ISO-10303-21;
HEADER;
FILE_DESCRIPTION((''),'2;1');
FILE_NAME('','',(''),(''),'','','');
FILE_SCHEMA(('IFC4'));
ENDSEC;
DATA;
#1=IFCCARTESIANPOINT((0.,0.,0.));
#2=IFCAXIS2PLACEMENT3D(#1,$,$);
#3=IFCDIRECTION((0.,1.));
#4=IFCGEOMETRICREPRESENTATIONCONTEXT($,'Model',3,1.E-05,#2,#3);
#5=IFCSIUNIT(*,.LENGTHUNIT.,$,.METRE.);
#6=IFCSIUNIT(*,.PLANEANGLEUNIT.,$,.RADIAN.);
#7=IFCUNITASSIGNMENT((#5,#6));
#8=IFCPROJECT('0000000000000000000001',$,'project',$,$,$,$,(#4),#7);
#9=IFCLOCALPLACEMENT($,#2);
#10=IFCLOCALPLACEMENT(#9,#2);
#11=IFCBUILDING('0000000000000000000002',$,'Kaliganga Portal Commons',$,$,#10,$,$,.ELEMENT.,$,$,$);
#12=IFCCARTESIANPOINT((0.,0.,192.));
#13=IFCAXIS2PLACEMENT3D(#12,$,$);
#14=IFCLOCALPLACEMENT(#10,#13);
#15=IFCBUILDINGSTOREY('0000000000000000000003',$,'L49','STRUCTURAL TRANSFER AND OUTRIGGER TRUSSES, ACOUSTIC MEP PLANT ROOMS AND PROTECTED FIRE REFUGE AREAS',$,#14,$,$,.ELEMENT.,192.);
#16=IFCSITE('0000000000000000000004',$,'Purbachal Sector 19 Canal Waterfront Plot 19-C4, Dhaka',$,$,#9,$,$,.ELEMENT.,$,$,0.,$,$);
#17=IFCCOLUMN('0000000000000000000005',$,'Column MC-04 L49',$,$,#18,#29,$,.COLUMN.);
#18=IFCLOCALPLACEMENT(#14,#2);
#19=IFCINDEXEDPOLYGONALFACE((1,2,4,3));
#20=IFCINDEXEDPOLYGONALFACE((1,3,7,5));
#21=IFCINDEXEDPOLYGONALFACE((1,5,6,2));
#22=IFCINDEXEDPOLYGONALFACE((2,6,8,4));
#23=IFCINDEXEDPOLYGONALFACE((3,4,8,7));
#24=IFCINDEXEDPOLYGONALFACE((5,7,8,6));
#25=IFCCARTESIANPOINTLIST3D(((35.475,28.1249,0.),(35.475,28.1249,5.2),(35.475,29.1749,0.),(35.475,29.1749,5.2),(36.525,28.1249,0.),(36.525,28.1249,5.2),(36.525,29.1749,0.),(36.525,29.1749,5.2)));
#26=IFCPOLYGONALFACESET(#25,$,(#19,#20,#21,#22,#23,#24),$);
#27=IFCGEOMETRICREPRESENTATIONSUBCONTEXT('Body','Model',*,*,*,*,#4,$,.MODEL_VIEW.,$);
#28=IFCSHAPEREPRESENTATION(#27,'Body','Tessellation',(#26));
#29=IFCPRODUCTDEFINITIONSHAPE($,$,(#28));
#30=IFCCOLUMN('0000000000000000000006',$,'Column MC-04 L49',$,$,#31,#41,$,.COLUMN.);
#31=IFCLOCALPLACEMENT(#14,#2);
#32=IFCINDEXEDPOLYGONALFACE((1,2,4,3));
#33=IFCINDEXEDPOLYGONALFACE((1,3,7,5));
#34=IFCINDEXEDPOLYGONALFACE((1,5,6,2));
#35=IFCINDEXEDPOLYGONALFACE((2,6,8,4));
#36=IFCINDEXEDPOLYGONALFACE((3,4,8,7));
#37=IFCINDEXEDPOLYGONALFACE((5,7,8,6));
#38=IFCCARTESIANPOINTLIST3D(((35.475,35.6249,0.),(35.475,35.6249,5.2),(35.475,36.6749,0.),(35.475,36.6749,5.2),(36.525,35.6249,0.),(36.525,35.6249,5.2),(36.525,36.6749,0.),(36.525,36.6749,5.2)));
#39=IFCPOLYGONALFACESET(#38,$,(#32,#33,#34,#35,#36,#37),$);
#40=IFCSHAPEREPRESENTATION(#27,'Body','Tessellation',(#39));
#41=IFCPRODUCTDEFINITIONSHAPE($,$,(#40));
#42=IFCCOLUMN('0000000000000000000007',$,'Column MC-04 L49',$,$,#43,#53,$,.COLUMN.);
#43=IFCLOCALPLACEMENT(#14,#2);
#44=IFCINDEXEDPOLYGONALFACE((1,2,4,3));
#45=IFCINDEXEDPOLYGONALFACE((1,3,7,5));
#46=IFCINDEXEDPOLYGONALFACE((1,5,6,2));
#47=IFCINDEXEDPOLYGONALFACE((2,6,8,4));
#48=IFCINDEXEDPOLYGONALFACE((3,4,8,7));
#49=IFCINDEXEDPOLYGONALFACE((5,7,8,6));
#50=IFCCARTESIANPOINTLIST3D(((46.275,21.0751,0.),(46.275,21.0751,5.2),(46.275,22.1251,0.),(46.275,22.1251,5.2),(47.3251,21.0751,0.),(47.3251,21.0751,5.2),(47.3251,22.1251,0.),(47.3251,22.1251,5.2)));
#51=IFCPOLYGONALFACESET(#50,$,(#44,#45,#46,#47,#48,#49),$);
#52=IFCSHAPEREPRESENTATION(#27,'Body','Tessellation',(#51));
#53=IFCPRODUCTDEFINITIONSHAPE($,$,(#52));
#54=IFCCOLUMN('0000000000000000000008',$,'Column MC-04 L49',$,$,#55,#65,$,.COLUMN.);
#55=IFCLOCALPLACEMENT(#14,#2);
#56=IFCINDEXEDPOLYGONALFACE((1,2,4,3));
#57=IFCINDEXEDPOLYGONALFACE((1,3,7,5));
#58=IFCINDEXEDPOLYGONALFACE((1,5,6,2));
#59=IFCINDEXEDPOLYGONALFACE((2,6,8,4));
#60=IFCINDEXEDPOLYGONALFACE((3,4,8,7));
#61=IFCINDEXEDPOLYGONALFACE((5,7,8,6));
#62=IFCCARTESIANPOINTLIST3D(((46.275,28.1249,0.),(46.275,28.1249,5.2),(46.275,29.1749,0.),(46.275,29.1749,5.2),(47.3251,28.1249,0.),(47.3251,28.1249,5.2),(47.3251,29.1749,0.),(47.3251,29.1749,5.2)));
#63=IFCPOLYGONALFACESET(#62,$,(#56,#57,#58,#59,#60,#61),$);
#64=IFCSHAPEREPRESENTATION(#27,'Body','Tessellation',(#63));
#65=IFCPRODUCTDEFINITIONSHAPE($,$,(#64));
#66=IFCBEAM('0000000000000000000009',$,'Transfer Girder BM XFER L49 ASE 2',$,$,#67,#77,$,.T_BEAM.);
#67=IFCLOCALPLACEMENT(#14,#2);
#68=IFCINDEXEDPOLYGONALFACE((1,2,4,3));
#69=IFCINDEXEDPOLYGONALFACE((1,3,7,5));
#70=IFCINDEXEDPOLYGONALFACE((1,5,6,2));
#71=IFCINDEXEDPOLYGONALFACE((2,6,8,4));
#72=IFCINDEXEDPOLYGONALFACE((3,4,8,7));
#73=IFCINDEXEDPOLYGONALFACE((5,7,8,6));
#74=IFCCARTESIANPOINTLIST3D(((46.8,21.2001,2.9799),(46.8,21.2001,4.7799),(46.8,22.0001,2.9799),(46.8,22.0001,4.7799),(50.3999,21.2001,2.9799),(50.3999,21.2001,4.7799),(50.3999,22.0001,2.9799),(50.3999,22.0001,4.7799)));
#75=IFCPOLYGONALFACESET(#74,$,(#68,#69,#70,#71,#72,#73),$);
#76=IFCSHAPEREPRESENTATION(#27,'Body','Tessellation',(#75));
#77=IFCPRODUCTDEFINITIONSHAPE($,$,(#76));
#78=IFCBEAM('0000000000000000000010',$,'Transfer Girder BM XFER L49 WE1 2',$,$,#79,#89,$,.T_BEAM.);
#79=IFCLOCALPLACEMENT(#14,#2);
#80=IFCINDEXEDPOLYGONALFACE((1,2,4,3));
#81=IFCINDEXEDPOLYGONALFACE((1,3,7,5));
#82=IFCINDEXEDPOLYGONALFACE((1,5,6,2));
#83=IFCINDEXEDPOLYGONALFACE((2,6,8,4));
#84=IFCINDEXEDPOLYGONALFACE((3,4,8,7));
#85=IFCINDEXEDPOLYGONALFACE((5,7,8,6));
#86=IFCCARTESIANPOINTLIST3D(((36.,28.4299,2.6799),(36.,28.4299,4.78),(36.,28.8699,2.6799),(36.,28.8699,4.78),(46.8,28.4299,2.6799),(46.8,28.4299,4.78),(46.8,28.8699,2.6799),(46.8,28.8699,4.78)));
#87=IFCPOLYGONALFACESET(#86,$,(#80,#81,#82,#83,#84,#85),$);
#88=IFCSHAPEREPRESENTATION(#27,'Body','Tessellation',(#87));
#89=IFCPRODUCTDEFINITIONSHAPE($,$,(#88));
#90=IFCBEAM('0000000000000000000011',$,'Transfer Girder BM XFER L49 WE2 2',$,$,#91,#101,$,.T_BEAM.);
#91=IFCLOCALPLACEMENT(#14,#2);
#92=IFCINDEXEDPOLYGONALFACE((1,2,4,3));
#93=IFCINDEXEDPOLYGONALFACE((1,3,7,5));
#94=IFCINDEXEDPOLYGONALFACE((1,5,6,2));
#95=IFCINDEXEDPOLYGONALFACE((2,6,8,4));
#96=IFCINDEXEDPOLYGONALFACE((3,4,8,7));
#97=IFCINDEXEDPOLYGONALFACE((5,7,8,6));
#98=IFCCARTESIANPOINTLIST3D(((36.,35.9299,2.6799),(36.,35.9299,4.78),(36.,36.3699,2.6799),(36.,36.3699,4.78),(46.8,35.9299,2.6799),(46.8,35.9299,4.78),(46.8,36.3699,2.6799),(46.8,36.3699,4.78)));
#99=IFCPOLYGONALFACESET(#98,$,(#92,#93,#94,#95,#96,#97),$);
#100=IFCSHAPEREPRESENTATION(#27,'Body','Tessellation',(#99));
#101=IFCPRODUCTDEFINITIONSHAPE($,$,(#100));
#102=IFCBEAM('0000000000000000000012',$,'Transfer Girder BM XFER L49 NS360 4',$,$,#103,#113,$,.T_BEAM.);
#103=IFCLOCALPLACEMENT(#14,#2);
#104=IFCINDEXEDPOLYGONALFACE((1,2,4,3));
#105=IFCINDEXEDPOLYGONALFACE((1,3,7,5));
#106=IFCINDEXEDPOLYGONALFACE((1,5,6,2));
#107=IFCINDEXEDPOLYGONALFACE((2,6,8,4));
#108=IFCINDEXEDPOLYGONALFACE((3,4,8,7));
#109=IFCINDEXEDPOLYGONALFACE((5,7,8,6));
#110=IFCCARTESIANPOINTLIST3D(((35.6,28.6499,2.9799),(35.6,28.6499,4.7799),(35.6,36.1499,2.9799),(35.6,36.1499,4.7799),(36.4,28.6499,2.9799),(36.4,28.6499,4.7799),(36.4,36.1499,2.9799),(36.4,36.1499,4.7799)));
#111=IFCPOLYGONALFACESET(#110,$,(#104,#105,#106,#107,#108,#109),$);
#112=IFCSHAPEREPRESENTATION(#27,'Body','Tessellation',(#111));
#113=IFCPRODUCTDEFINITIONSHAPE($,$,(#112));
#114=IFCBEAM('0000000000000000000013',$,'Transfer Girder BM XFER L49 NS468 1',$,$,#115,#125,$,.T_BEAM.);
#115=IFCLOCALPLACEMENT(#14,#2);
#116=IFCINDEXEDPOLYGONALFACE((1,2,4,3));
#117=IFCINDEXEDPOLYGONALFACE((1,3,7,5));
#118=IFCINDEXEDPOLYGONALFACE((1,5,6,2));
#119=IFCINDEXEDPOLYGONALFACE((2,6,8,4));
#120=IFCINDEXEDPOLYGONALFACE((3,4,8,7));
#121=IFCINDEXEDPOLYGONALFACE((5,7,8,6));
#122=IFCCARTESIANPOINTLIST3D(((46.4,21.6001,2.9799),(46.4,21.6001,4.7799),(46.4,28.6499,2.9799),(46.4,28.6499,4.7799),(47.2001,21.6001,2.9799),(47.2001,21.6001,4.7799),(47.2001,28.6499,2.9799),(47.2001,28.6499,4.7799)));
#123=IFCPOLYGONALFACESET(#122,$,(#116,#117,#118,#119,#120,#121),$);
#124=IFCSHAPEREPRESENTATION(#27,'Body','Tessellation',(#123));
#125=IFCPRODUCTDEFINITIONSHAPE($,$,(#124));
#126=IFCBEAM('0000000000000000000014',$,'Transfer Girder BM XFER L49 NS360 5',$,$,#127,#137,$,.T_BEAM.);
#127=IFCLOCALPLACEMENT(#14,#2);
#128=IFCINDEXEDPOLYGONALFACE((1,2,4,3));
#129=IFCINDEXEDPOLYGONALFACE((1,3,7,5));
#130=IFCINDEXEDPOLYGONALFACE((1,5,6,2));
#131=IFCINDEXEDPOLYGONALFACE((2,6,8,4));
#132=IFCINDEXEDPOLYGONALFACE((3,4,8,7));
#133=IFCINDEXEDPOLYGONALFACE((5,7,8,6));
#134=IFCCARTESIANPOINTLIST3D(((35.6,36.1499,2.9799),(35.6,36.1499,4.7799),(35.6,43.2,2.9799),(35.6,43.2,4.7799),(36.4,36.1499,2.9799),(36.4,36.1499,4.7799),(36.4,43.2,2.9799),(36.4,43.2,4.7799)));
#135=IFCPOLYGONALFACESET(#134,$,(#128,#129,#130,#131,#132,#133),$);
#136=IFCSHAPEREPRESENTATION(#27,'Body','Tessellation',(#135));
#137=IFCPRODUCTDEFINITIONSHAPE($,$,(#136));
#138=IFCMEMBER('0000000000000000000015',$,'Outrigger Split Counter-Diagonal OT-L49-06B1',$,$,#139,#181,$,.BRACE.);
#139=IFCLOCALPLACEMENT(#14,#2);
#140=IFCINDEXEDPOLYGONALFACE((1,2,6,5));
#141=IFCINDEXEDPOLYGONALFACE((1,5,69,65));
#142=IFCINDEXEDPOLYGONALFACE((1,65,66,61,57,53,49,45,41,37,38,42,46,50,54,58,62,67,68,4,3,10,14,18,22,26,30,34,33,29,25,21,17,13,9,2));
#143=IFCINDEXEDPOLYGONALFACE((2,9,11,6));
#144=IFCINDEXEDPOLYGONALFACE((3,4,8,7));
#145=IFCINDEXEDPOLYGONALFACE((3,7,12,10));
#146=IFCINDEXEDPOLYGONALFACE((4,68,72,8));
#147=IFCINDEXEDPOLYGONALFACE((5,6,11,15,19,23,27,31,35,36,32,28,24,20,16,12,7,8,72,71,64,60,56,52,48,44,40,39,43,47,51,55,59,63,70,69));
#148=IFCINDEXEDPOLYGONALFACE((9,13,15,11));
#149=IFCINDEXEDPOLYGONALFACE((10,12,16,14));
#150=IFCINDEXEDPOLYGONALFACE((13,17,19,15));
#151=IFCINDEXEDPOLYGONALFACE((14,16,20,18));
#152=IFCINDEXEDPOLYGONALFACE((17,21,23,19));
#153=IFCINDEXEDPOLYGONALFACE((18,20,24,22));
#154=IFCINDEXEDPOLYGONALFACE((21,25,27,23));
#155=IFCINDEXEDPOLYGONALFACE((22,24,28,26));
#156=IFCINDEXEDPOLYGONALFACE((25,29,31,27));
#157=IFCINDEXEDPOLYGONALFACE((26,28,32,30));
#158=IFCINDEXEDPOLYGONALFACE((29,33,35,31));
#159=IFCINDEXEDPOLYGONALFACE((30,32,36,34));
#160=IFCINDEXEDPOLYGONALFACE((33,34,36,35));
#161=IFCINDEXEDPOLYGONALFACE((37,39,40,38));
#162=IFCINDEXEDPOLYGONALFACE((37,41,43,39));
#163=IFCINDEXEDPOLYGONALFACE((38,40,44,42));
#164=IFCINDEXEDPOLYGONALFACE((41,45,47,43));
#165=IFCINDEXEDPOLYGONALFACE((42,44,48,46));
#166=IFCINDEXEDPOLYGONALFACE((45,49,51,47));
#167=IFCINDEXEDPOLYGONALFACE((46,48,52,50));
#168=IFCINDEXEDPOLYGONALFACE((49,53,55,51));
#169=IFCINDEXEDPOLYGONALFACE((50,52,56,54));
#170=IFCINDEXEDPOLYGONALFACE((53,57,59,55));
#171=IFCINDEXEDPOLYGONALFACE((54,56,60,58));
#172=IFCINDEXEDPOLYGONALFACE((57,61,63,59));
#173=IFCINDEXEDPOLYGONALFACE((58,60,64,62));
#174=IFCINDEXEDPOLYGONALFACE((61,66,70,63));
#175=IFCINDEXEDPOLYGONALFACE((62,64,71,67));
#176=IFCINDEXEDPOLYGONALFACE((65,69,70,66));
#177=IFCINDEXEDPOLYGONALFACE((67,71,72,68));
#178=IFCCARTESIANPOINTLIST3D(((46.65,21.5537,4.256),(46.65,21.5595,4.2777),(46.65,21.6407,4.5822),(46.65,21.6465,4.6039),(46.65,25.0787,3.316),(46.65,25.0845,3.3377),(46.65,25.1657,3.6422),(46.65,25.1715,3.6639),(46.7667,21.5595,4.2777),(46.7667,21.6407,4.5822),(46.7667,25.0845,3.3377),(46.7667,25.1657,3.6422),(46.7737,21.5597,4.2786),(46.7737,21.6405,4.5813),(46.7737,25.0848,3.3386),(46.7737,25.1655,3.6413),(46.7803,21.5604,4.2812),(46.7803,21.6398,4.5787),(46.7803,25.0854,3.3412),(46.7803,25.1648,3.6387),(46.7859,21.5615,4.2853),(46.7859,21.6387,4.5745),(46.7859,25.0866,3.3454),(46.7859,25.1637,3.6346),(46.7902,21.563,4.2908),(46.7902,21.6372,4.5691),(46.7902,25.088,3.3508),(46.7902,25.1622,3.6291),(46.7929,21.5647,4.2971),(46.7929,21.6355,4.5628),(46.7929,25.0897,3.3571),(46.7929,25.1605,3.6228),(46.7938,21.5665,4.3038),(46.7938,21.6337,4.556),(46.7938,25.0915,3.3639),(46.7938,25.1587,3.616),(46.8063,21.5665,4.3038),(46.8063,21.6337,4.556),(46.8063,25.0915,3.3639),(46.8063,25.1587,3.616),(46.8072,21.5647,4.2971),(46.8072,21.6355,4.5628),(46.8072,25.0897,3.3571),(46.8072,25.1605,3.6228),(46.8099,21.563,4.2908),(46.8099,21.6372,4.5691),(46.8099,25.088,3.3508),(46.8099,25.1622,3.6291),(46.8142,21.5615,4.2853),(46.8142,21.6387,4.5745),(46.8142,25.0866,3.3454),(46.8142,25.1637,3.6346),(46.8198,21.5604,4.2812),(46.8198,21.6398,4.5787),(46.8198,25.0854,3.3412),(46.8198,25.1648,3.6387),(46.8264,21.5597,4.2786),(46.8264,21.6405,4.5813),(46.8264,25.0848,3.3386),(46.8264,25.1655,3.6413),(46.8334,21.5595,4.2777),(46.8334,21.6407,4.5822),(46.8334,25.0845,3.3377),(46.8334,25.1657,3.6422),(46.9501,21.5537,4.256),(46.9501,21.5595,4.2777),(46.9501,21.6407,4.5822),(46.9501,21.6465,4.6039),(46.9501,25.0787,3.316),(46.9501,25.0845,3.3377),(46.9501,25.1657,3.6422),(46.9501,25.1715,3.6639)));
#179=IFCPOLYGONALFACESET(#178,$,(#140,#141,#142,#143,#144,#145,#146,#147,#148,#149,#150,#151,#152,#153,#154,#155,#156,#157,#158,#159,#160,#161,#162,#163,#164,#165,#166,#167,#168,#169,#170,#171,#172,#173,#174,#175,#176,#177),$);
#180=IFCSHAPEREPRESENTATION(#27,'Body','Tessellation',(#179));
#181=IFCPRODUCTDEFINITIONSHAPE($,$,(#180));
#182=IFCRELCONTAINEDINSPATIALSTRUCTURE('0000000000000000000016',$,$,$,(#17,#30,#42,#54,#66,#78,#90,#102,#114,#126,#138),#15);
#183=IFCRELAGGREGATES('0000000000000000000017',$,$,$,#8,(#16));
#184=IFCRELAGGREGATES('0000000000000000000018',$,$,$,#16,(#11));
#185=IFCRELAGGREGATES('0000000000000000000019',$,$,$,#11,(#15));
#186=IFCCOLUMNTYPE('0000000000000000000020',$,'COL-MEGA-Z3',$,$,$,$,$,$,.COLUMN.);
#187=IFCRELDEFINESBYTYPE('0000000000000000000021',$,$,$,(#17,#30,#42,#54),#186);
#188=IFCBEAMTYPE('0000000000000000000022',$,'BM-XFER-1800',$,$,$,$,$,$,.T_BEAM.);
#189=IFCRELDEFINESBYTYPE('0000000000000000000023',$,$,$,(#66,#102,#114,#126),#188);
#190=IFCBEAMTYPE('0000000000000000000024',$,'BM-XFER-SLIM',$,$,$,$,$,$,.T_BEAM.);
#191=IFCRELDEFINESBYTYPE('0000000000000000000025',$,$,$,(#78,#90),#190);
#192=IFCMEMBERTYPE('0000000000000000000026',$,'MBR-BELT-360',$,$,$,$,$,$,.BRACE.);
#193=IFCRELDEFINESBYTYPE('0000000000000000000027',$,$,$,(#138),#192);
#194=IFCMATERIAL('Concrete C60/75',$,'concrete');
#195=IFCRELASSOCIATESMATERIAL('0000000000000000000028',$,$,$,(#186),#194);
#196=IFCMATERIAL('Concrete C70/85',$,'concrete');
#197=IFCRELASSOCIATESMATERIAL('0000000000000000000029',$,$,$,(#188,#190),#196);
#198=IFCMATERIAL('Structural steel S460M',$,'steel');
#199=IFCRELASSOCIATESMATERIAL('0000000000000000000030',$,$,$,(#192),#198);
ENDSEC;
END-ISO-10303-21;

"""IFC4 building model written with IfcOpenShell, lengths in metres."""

from ifc_helpers import new_model, si_unit, direction, frame, origin, origin_2d, place, context, subcontext, project, spatial, rectangle, i_section, extrude, source, transform, mapped, material, material_profile, profile_set, type_object, element, save


model = new_model("IFC4")

# Units and contexts
model_context = context("Model", 3, precision=1e-05, world=origin(), true_north=direction((0.0, 1.0)))
body_context = subcontext(model_context, "Body", "Model", "MODEL_VIEW")
ifc_project = project(units=[si_unit("LENGTHUNIT", "METRE"), si_unit("PLANEANGLEUNIT", "RADIAN")], contexts=[model_context])

# Site, building, storey
site_placement = place(None, origin())
site = spatial("IfcSite", under=ifc_project, at=site_placement, Name="Purbachal Sector 19 Canal Waterfront Plot 19-C4, Dhaka", CompositionType="ELEMENT", RefElevation=0.0)
building_placement = place(site_placement, origin())
building = spatial("IfcBuilding", under=site, at=building_placement, Name="Kaliganga Portal Commons", CompositionType="ELEMENT")
storey_placement = place(building_placement, frame((0.0, 0.0, 192.0)))
storey = spatial("IfcBuildingStorey", under=building, at=storey_placement, Name="L49", Description="STRUCTURAL TRANSFER AND OUTRIGGER TRUSSES, ACOUSTIC MEP PLANT ROOMS AND PROTECTED FIRE REFUGE AREAS", CompositionType="ELEMENT", Elevation=192.0)

# Columns
ifc_material_1 = material(Name="Concrete C60/75", Category="concrete")
ifc_material_profile_1 = material_profile(ifc_material_1, rectangle(XDim=1.05, YDim=1.05, at=origin_2d()), Name="RC 1050x1050")
ifc_profile_set_1 = profile_set([ifc_material_profile_1], Name="Concrete C60/75")
column_type = type_object("IfcColumnType", Name="COL-MEGA-Z3", PredefinedType="COLUMN", material=ifc_profile_set_1)
shared_shape_1 = source(origin(), body_context, "Body", "SweptSolid", [
    extrude(rectangle(XDim=1.05, YDim=1.05, at=origin_2d()), origin(), (0.0, 0.0, 1.0), 5.2),
])
for number, where, z_axis, x_axis, name in (
    (1, (36.0, 28.6499, 0.0), (0.0, 0.0, 1.0), (1.0, 0.0, 0.0), "Column MC-04 L49"),
    (2, (36.0, 36.1499, 0.0), (0.0, 0.0, 1.0), (1.0, 0.0, 0.0), "Column MC-04 L49"),
    (3, (46.8, 21.6001, 0.0), (0.0, 0.0, 1.0), (1.0, 0.0, 0.0), "Column MC-04 L49"),
    (4, (46.8, 28.6499, 0.0), (0.0, 0.0, 1.0), (1.0, 0.0, 0.0), "Column MC-04 L49"),
):
    element("IfcColumn", number, at=place(storey_placement, frame(where, z_axis=z_axis, x_axis=x_axis)), inside=storey, type_object=column_type, Name=name, PredefinedType="COLUMN", context=body_context, shape_type="MappedRepresentation", body=[
        mapped(shared_shape_1, transform((0.0, 0.0, 0.0), x_axis=(1.0, 0.0, 0.0), y_axis=(0.0, 1.0, 0.0), z_axis=(0.0, 0.0, 1.0), scale=1.0)),
    ])

# Beams
ifc_material_2 = material(Name="Concrete C70/85", Category="concrete")
ifc_material_profile_2 = material_profile(ifc_material_2, rectangle(XDim=0.8, YDim=1.8, at=origin_2d()), Name="RC 800x1800")
ifc_profile_set_2 = profile_set([ifc_material_profile_2], Name="Concrete C70/85")
beam_type_1 = type_object("IfcBeamType", Name="BM-XFER-1800", PredefinedType="T_BEAM", material=ifc_profile_set_2)
shared_shape_2 = source(origin(), body_context, "Body", "SweptSolid", [
    extrude(rectangle(XDim=0.8, YDim=1.8, at=origin_2d()), origin(), (0.0, 0.0, 1.0), 3.5999),
])
beam_1_placement = place(storey_placement, frame((46.8, 21.6001, 3.8799), z_axis=(1.0, 0.0, 0.0), x_axis=(0.0, 1.0, 0.0)))
element("IfcBeam", 5, at=beam_1_placement, inside=storey, type_object=beam_type_1, Name="Transfer Girder BM XFER L49 ASE 2", PredefinedType="T_BEAM", context=body_context, shape_type="MappedRepresentation", body=[
    mapped(shared_shape_2, transform((0.0, 0.0, 0.0), x_axis=(1.0, 0.0, 0.0), y_axis=(0.0, 1.0, 0.0), z_axis=(0.0, 0.0, 1.0), scale=1.0)),
])
ifc_material_profile_3 = material_profile(ifc_material_2, rectangle(XDim=0.4399, YDim=2.1001, at=origin_2d()), Name="RC 440x2100")
ifc_profile_set_3 = profile_set([ifc_material_profile_3], Name="Concrete C70/85")
beam_type_2 = type_object("IfcBeamType", Name="BM-XFER-SLIM", PredefinedType="T_BEAM", material=ifc_profile_set_3)
shared_shape_3 = source(origin(), body_context, "Body", "SweptSolid", [
    extrude(rectangle(XDim=0.4399, YDim=2.1001, at=origin_2d()), origin(), (0.0, 0.0, 1.0), 10.8),
])
for number, where, z_axis, x_axis, name in (
    (6, (36.0, 28.6499, 3.73), (1.0, 0.0, 0.0), (0.0, 1.0, 0.0), "Transfer Girder BM XFER L49 WE1 2"),
    (7, (36.0, 36.1499, 3.73), (1.0, 0.0, 0.0), (0.0, 1.0, 0.0), "Transfer Girder BM XFER L49 WE2 2"),
):
    element("IfcBeam", number, at=place(storey_placement, frame(where, z_axis=z_axis, x_axis=x_axis)), inside=storey, type_object=beam_type_2, Name=name, PredefinedType="T_BEAM", context=body_context, shape_type="MappedRepresentation", body=[
        mapped(shared_shape_3, transform((0.0, 0.0, 0.0), x_axis=(1.0, 0.0, 0.0), y_axis=(0.0, 1.0, 0.0), z_axis=(0.0, 0.0, 1.0), scale=1.0)),
    ])
shared_shape_4 = source(origin(), body_context, "Body", "SweptSolid", [
    extrude(rectangle(XDim=0.8, YDim=1.8, at=origin_2d()), origin(), (0.0, 0.0, 1.0), 7.5),
])
beam_2_placement = place(storey_placement, frame((36.0, 28.6499, 3.8799), z_axis=(0.0, 1.0, 0.0), x_axis=(-1.0, 0.0, 0.0)))
element("IfcBeam", 8, at=beam_2_placement, inside=storey, type_object=beam_type_1, Name="Transfer Girder BM XFER L49 NS360 4", PredefinedType="T_BEAM", context=body_context, shape_type="MappedRepresentation", body=[
    mapped(shared_shape_4, transform((0.0, 0.0, 0.0), x_axis=(1.0, 0.0, 0.0), y_axis=(0.0, 1.0, 0.0), z_axis=(0.0, 0.0, 1.0), scale=1.0)),
])
shared_shape_5 = source(origin(), body_context, "Body", "SweptSolid", [
    extrude(rectangle(XDim=0.8, YDim=1.8, at=origin_2d()), origin(), (0.0, 0.0, 1.0), 7.0498),
])
beam_3_placement = place(storey_placement, frame((46.8, 21.6001, 3.8799), z_axis=(0.0, 1.0, 0.0), x_axis=(-1.0, 0.0, 0.0)))
element("IfcBeam", 9, at=beam_3_placement, inside=storey, type_object=beam_type_1, Name="Transfer Girder BM XFER L49 NS468 1", PredefinedType="T_BEAM", context=body_context, shape_type="MappedRepresentation", body=[
    mapped(shared_shape_5, transform((0.0, 0.0, 0.0), x_axis=(1.0, 0.0, 0.0), y_axis=(0.0, 1.0, 0.0), z_axis=(0.0, 0.0, 1.0), scale=1.0)),
])
shared_shape_6 = source(origin(), body_context, "Body", "SweptSolid", [
    extrude(rectangle(XDim=0.8, YDim=1.8, at=origin_2d()), origin(), (0.0, 0.0, 1.0), 7.05),
])
beam_4_placement = place(storey_placement, frame((36.0, 36.1499, 3.8799), z_axis=(0.0, 1.0, 0.0), x_axis=(-1.0, 0.0, 0.0)))
element("IfcBeam", 10, at=beam_4_placement, inside=storey, type_object=beam_type_1, Name="Transfer Girder BM XFER L49 NS360 5", PredefinedType="T_BEAM", context=body_context, shape_type="MappedRepresentation", body=[
    mapped(shared_shape_6, transform((0.0, 0.0, 0.0), x_axis=(1.0, 0.0, 0.0), y_axis=(0.0, 1.0, 0.0), z_axis=(0.0, 0.0, 1.0), scale=1.0)),
])

# Member
ifc_material_3 = material(Name="Structural steel S460M", Category="steel")
ifc_material_profile_4 = material_profile(ifc_material_3, i_section(OverallWidth=0.3, OverallDepth=0.3601, WebThickness=0.0125, FlangeThickness=0.0225, FilletRadius=0.0271, at=origin_2d()), Name="HE 360 B")
ifc_profile_set_4 = profile_set([ifc_material_profile_4], Name="Structural steel S460M wide-flange")
member_type_1 = type_object("IfcMemberType", Name="MBR-BELT-360", PredefinedType="BRACE", material=ifc_profile_set_4)
shared_shape_7 = source(origin(), body_context, "Body", "SweptSolid", [
    extrude(i_section(OverallWidth=0.3, OverallDepth=0.3601, WebThickness=0.0125, FlangeThickness=0.0225, FilletRadius=0.0271, at=origin_2d()), origin(), (0.0, 0.0, 1.0), 3.6482),
])
for number, where, z_axis, x_axis, name in (
    (11, (46.8, 21.6001, 4.4299), (0.0, 0.966237, -0.257654), (-1.0, 0.0, 0.0), "Outrigger Split Counter-Diagonal OT-L49-06B1"),
):
    element("IfcMember", number, at=place(storey_placement, frame(where, z_axis=z_axis, x_axis=x_axis)), inside=storey, type_object=member_type_1, Name=name, PredefinedType="BRACE", context=body_context, shape_type="MappedRepresentation", body=[
        mapped(shared_shape_7, transform((0.0, 0.0, 0.0), x_axis=(1.0, 0.0, 0.0), y_axis=(0.0, 1.0, 0.0), z_axis=(0.0, 0.0, 1.0), scale=1.0)),
    ])

save(model, "model.ifc")
